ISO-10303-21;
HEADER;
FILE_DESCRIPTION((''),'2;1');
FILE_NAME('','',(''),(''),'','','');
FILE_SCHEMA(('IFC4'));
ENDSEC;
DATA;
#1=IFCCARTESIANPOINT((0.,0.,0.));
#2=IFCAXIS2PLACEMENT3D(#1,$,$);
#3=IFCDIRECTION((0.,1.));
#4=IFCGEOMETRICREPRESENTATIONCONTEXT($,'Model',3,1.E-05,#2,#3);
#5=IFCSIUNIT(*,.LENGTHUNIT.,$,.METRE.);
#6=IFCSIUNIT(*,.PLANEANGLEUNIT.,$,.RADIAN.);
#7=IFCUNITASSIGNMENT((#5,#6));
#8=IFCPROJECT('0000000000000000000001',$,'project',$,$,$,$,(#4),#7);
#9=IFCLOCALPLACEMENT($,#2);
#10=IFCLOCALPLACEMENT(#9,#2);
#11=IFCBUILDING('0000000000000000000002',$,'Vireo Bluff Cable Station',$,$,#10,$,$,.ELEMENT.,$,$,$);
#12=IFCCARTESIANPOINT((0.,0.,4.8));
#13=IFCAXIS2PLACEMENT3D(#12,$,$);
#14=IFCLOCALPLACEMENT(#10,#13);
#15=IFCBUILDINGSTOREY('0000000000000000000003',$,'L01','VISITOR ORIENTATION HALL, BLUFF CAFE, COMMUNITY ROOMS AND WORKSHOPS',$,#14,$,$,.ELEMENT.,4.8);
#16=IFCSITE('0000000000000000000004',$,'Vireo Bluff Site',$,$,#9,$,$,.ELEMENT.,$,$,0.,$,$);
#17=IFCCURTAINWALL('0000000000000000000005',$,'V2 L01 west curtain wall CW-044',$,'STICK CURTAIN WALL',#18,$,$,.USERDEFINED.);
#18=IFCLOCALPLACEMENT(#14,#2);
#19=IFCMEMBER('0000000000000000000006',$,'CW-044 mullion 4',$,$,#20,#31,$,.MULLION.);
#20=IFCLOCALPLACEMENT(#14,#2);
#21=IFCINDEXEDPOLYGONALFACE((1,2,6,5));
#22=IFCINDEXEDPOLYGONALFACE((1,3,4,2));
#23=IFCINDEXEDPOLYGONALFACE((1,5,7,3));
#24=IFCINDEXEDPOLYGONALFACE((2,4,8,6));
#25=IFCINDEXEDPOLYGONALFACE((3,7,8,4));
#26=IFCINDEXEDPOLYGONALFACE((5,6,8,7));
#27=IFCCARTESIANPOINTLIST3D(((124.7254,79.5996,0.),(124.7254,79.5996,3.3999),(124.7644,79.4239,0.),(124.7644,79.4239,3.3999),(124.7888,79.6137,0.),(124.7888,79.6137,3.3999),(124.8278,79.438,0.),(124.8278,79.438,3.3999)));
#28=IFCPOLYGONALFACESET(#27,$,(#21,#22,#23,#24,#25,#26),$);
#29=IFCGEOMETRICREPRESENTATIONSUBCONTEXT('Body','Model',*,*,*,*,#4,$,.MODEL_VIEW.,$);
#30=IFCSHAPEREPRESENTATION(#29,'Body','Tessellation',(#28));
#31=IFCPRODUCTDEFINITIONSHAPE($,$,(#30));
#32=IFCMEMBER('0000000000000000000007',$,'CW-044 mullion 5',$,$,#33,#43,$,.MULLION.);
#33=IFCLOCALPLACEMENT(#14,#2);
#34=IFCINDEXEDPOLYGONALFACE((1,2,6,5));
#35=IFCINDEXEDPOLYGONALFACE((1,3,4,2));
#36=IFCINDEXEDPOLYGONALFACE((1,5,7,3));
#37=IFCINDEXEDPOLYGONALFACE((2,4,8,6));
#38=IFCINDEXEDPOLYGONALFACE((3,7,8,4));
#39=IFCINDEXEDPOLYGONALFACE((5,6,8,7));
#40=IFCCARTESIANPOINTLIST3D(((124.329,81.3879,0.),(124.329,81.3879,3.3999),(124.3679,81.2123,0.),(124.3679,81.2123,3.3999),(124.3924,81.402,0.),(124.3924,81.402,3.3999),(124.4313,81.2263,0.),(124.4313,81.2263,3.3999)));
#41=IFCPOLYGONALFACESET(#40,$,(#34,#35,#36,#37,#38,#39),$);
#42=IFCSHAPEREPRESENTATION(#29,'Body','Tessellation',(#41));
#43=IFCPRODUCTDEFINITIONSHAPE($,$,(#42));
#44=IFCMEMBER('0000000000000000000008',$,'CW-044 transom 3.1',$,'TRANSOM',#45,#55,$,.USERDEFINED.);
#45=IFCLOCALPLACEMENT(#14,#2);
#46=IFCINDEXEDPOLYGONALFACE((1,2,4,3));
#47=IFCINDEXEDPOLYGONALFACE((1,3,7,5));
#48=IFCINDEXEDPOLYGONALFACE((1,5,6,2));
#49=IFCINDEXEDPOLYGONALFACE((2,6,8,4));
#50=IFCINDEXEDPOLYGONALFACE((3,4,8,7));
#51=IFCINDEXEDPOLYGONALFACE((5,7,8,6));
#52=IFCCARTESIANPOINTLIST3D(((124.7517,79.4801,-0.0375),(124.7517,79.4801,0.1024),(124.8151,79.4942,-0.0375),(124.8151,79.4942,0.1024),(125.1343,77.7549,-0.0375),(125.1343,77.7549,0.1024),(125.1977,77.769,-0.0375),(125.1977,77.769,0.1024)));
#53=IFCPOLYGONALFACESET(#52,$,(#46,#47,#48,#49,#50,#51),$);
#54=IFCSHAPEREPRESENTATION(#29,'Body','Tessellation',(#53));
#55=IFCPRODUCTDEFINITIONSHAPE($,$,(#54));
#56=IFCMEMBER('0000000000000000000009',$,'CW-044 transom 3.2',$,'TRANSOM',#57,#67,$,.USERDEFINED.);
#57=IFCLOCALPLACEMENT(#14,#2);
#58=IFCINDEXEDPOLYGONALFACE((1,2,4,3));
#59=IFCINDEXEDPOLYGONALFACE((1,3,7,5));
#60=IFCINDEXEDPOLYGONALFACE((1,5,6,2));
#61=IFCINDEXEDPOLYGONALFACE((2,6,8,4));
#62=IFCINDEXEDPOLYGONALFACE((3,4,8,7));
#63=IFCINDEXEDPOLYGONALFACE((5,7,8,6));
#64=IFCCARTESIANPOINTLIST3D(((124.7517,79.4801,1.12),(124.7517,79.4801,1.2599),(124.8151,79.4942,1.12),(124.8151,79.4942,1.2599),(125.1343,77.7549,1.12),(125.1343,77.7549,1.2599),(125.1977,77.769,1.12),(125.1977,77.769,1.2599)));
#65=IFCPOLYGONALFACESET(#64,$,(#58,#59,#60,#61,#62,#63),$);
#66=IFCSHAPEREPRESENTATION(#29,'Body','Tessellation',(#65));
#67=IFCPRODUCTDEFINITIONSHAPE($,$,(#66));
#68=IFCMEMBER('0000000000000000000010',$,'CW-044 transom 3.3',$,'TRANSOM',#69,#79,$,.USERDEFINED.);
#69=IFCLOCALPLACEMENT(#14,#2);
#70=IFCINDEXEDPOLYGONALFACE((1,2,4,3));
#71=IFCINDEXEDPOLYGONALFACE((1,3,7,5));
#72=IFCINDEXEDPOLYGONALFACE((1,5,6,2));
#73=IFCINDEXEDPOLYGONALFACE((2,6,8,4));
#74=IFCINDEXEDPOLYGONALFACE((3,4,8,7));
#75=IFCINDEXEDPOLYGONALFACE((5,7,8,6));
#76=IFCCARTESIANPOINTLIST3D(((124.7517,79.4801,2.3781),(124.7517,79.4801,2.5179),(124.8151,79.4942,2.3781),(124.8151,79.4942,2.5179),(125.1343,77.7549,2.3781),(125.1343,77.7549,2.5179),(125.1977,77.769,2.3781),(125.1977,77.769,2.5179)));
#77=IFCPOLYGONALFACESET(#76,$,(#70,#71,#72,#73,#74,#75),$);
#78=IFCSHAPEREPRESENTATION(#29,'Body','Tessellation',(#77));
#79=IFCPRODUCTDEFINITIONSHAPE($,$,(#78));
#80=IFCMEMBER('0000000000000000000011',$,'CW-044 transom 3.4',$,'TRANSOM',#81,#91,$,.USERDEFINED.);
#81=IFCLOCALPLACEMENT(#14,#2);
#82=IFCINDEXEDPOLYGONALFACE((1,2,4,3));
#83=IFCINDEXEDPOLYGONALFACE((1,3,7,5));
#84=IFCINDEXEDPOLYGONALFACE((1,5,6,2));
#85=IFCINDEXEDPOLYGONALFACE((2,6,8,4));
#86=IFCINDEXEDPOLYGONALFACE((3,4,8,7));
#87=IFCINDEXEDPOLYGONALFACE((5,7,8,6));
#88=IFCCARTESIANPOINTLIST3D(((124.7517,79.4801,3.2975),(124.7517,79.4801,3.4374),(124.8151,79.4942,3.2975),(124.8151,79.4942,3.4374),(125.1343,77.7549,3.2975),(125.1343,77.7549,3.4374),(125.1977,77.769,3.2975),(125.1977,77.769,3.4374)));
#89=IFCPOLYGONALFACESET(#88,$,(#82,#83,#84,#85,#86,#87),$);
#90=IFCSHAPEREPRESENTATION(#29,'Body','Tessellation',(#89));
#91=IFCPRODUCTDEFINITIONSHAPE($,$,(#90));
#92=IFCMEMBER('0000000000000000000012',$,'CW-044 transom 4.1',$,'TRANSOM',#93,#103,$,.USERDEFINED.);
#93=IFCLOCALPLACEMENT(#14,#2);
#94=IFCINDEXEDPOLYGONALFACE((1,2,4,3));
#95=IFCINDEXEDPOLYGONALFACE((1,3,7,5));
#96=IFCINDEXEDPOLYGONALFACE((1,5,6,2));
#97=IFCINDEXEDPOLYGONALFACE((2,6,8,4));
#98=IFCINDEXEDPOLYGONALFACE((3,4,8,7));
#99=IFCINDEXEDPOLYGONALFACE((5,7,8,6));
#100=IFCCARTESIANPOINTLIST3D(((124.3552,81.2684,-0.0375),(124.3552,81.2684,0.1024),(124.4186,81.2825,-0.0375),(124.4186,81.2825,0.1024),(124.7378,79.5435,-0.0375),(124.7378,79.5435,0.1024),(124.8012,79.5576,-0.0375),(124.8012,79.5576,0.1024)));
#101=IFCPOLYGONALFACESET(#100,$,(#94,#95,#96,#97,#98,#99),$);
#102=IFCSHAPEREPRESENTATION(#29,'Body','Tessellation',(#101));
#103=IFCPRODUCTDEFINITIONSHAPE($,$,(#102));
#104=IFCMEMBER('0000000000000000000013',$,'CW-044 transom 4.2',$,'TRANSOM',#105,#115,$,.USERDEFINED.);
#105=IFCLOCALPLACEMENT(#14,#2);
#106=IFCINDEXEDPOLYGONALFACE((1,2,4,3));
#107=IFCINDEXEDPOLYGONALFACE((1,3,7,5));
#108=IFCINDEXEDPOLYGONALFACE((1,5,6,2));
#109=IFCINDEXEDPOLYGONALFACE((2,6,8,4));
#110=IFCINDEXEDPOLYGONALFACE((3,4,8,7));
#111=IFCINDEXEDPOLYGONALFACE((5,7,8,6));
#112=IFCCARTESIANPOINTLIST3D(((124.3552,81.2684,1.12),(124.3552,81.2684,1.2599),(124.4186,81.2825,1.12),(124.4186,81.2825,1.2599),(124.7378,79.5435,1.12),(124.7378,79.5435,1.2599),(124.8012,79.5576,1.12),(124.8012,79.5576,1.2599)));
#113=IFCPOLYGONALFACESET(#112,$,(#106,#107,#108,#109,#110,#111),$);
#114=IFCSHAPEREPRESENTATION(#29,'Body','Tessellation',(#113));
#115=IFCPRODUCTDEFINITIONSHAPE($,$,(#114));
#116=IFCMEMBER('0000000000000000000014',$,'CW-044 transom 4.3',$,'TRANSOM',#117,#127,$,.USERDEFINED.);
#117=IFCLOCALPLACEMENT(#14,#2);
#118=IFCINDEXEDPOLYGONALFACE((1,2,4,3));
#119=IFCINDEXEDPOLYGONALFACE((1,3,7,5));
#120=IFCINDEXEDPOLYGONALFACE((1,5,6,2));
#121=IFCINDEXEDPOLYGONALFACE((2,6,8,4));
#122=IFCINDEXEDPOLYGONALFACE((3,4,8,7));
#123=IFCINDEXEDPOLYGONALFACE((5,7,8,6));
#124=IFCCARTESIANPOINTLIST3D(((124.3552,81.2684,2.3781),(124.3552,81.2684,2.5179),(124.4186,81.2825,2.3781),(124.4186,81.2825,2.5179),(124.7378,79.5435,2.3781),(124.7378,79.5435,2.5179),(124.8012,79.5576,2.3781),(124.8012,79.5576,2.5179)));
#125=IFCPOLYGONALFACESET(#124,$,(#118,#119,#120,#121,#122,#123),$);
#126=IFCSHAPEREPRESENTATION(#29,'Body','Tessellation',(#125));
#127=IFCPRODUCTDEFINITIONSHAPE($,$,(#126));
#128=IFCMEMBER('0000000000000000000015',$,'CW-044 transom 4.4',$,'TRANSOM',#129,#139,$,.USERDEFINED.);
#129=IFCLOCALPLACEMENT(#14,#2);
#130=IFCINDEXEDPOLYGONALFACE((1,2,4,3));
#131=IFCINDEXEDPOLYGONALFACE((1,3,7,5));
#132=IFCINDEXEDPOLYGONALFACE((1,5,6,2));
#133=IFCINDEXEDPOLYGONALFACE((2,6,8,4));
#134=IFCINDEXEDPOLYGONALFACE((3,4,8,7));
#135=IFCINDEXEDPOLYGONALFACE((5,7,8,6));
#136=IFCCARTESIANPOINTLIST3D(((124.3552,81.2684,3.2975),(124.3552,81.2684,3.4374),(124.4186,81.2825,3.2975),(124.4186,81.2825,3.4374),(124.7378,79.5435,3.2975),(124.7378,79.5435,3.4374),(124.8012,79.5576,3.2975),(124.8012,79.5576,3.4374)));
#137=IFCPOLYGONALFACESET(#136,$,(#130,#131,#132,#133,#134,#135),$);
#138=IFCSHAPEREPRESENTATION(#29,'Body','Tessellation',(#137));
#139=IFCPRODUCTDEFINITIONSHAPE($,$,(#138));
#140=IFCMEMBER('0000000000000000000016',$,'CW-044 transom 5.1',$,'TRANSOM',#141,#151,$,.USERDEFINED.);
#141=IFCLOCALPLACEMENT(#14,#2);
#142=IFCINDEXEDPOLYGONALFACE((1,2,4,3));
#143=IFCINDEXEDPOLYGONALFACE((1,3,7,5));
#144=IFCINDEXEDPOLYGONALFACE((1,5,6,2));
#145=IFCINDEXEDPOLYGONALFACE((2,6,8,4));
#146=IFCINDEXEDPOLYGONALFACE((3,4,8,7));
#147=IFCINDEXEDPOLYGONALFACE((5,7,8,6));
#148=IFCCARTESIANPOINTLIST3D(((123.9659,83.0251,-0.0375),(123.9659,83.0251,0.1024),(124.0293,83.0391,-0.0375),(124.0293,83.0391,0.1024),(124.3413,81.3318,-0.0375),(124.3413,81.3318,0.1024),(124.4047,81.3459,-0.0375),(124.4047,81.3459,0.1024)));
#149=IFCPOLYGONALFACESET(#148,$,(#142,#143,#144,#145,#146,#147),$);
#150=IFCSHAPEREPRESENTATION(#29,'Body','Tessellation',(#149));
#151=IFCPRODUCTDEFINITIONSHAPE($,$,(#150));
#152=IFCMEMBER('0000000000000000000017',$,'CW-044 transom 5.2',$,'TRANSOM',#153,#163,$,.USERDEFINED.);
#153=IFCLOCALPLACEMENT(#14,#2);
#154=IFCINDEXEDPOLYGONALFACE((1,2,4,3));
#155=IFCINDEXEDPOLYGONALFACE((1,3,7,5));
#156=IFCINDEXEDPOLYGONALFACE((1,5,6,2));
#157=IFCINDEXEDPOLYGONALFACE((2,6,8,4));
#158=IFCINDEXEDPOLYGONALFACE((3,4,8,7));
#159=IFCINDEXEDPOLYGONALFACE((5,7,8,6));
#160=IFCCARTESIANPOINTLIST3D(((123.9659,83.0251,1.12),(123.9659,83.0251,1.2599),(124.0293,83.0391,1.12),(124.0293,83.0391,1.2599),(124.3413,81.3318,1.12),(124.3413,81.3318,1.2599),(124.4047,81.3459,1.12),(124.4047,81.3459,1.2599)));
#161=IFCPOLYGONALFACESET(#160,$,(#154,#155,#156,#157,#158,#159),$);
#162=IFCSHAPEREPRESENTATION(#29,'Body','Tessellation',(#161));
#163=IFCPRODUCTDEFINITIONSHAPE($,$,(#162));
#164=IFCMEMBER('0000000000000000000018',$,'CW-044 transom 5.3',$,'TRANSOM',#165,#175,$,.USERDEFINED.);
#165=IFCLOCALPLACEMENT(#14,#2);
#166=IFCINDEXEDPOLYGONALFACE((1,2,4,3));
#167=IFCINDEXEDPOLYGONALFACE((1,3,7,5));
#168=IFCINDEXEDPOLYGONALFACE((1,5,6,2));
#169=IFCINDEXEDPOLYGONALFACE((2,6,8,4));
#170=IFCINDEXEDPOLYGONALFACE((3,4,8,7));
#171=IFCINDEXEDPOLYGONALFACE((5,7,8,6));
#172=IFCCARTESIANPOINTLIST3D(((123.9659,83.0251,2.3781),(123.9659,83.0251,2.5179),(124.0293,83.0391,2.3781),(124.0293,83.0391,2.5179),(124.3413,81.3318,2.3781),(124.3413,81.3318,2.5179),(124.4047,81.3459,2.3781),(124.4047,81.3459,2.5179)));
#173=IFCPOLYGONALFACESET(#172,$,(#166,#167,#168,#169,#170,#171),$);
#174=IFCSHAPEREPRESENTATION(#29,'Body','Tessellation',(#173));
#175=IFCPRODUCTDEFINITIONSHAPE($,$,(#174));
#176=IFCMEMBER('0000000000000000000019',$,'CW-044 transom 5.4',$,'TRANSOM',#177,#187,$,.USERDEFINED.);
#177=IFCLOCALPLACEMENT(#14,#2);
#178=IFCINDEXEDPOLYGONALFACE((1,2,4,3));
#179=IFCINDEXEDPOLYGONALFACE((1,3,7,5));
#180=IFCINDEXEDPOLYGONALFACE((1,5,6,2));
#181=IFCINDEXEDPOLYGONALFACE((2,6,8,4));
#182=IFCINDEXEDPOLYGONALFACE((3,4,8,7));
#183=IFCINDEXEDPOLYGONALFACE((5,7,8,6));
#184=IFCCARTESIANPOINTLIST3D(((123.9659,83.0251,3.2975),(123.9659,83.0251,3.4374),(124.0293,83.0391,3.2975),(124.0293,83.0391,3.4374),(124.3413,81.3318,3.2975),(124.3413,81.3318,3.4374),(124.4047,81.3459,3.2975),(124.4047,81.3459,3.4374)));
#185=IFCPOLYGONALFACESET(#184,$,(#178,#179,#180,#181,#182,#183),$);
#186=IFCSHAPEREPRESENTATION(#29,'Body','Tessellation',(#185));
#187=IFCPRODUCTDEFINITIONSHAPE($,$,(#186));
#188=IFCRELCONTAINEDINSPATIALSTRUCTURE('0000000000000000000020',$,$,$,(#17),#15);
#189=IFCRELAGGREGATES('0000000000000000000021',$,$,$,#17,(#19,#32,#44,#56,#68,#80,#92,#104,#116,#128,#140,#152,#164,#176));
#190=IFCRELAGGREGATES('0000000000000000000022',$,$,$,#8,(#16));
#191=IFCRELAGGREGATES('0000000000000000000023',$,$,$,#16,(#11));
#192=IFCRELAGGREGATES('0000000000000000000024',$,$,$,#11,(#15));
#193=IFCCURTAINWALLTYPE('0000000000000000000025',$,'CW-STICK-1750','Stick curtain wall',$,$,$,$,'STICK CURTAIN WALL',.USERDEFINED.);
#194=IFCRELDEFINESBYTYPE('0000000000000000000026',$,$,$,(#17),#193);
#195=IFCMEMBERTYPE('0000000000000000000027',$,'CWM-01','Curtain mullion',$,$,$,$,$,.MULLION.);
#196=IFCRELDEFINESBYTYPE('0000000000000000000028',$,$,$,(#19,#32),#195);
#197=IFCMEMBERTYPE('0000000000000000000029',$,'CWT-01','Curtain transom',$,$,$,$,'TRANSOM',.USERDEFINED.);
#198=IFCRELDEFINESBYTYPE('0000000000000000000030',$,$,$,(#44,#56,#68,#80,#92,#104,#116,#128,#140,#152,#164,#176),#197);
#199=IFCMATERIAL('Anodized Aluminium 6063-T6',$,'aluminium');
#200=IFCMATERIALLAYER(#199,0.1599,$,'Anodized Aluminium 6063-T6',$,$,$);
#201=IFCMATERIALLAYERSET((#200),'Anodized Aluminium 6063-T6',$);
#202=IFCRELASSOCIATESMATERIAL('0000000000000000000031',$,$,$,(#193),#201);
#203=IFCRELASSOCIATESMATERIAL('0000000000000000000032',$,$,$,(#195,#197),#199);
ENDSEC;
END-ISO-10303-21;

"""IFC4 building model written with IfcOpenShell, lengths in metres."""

from ifc_helpers import new_model, si_unit, direction, frame, origin, origin_2d, place, context, subcontext, project, spatial, rectangle, extrude, material, layer, layer_set, material_profile, profile_set, type_object, element, aggregate, save


model = new_model("IFC4")

# Units and contexts
model_context = context("Model", 3, precision=1e-05, world=origin(), true_north=direction((0.0, 1.0)))
body_context = subcontext(model_context, "Body", "Model", "MODEL_VIEW")
ifc_project = project(units=[si_unit("LENGTHUNIT", "METRE"), si_unit("PLANEANGLEUNIT", "RADIAN")], contexts=[model_context])

# Site, building, storey
site_placement = place(None, origin())
site = spatial("IfcSite", under=ifc_project, at=site_placement, Name="Vireo Bluff Site", CompositionType="ELEMENT", RefElevation=0.0)
building_placement = place(site_placement, origin())
building = spatial("IfcBuilding", under=site, at=building_placement, Name="Vireo Bluff Cable Station", CompositionType="ELEMENT")
storey_placement = place(building_placement, frame((0.0, 0.0, 4.8)))
storey = spatial("IfcBuildingStorey", under=building, at=storey_placement, Name="L01", Description="VISITOR ORIENTATION HALL, BLUFF CAFE, COMMUNITY ROOMS AND WORKSHOPS", CompositionType="ELEMENT", Elevation=4.8)

# Curtain wall, members
ifc_material_1 = material(Name="Anodized Aluminium 6063-T6", Category="aluminium")
ifc_layer_1 = layer(ifc_material_1, 0.1599, Name="Anodized Aluminium 6063-T6")
ifc_layer_set_1 = layer_set([ifc_layer_1], Name="Anodized Aluminium 6063-T6")
curtain_wall_type = type_object("IfcCurtainWallType", Name="CW-STICK-1750", Description="Stick curtain wall", ElementType="STICK CURTAIN WALL", PredefinedType="USERDEFINED", material=ifc_layer_set_1)
curtain_wall_placement = place(storey_placement, origin())
curtain_wall = element("IfcCurtainWall", 1, at=curtain_wall_placement, inside=storey, type_object=curtain_wall_type, Name="V2 L01 west curtain wall CW-044", ObjectType="STICK CURTAIN WALL", PredefinedType="USERDEFINED")
ifc_material_profile_1 = material_profile(ifc_material_1, rectangle(XDim=0.0649, YDim=0.1799, at=origin_2d()), Name="ALU-M-65X180")
ifc_profile_set_1 = profile_set([ifc_material_profile_1], Name="Anodized Aluminium 6063-T6")
member_type_1 = type_object("IfcMemberType", Name="CWM-01", Description="Curtain mullion", PredefinedType="MULLION", material=ifc_profile_set_1)
member_1_placement = place(storey_placement, frame((124.7766, 79.5188, 0.0), z_axis=(0.0, 0.0, 1.0), x_axis=(-0.976296, -0.21644, 0.0)))
member_1 = element("IfcMember", 2, at=member_1_placement, type_object=member_type_1, Name="CW-044 mullion 4", PredefinedType="MULLION", context=body_context, shape_type="SweptSolid", body=[
    extrude(rectangle(XDim=0.0649, YDim=0.1799, at=origin_2d()), origin(), (0.0, 0.0, 1.0), 3.3999),
])
member_2_placement = place(storey_placement, frame((124.3801, 81.3071, 0.0), z_axis=(0.0, 0.0, 1.0), x_axis=(-0.976296, -0.21644, 0.0)))
member_2 = element("IfcMember", 3, at=member_2_placement, type_object=member_type_1, Name="CW-044 mullion 5", PredefinedType="MULLION", context=body_context, shape_type="SweptSolid", body=[
    extrude(rectangle(XDim=0.0649, YDim=0.1799, at=origin_2d()), origin(), (0.0, 0.0, 1.0), 3.3999),
])
ifc_material_profile_2 = material_profile(ifc_material_1, rectangle(XDim=0.0649, YDim=0.1399, at=origin_2d()), Name="ALU-T-65X140")
ifc_profile_set_2 = profile_set([ifc_material_profile_2], Name="Anodized Aluminium 6063-T6")
member_type_2 = type_object("IfcMemberType", Name="CWT-01", Description="Curtain transom", ElementType="TRANSOM", PredefinedType="USERDEFINED", material=ifc_profile_set_2)
member_3_placement = place(storey_placement, frame((125.166, 77.762, 0.0325), z_axis=(-0.216506, 0.976281, 0.0), x_axis=(-0.976281, -0.216506, 0.0)))
member_3 = element("IfcMember", 4, at=member_3_placement, type_object=member_type_2, Name="CW-044 transom 3.1", ObjectType="TRANSOM", PredefinedType="USERDEFINED", context=body_context, shape_type="SweptSolid", body=[
    extrude(rectangle(XDim=0.0649, YDim=0.1399, at=origin_2d()), origin(), (0.0, 0.0, 1.0), 1.7671),
])
member_4_placement = place(storey_placement, frame((125.166, 77.762, 1.1899), z_axis=(-0.216506, 0.976281, 0.0), x_axis=(-0.976281, -0.216506, 0.0)))
member_4 = element("IfcMember", 5, at=member_4_placement, type_object=member_type_2, Name="CW-044 transom 3.2", ObjectType="TRANSOM", PredefinedType="USERDEFINED", context=body_context, shape_type="SweptSolid", body=[
    extrude(rectangle(XDim=0.0649, YDim=0.1399, at=origin_2d()), origin(), (0.0, 0.0, 1.0), 1.7671),
])
member_5_placement = place(storey_placement, frame((125.166, 77.762, 2.448), z_axis=(-0.216506, 0.976281, 0.0), x_axis=(-0.976281, -0.216506, 0.0)))
member_5 = element("IfcMember", 6, at=member_5_placement, type_object=member_type_2, Name="CW-044 transom 3.3", ObjectType="TRANSOM", PredefinedType="USERDEFINED", context=body_context, shape_type="SweptSolid", body=[
    extrude(rectangle(XDim=0.0649, YDim=0.1399, at=origin_2d()), origin(), (0.0, 0.0, 1.0), 1.7671),
])
member_6_placement = place(storey_placement, frame((125.166, 77.762, 3.3674), z_axis=(-0.216506, 0.976281, 0.0), x_axis=(-0.976281, -0.216506, 0.0)))
member_6 = element("IfcMember", 7, at=member_6_placement, type_object=member_type_2, Name="CW-044 transom 3.4", ObjectType="TRANSOM", PredefinedType="USERDEFINED", context=body_context, shape_type="SweptSolid", body=[
    extrude(rectangle(XDim=0.0649, YDim=0.1399, at=origin_2d()), origin(), (0.0, 0.0, 1.0), 1.7671),
])
member_7_placement = place(storey_placement, frame((124.7695, 79.5505, 0.0325), z_axis=(-0.216535, 0.976275, 0.0), x_axis=(-0.976275, -0.216535, 0.0)))
member_7 = element("IfcMember", 8, at=member_7_placement, type_object=member_type_2, Name="CW-044 transom 4.1", ObjectType="TRANSOM", PredefinedType="USERDEFINED", context=body_context, shape_type="SweptSolid", body=[
    extrude(rectangle(XDim=0.0649, YDim=0.1399, at=origin_2d()), origin(), (0.0, 0.0, 1.0), 1.7668),
])
member_8_placement = place(storey_placement, frame((124.7695, 79.5505, 1.1899), z_axis=(-0.216535, 0.976275, 0.0), x_axis=(-0.976275, -0.216535, 0.0)))
member_8 = element("IfcMember", 9, at=member_8_placement, type_object=member_type_2, Name="CW-044 transom 4.2", ObjectType="TRANSOM", PredefinedType="USERDEFINED", context=body_context, shape_type="SweptSolid", body=[
    extrude(rectangle(XDim=0.0649, YDim=0.1399, at=origin_2d()), origin(), (0.0, 0.0, 1.0), 1.7668),
])
member_9_placement = place(storey_placement, frame((124.7695, 79.5505, 2.448), z_axis=(-0.216535, 0.976275, 0.0), x_axis=(-0.976275, -0.216535, 0.0)))
member_9 = element("IfcMember", 10, at=member_9_placement, type_object=member_type_2, Name="CW-044 transom 4.3", ObjectType="TRANSOM", PredefinedType="USERDEFINED", context=body_context, shape_type="SweptSolid", body=[
    extrude(rectangle(XDim=0.0649, YDim=0.1399, at=origin_2d()), origin(), (0.0, 0.0, 1.0), 1.7668),
])
member_10_placement = place(storey_placement, frame((124.7695, 79.5505, 3.3674), z_axis=(-0.216535, 0.976275, 0.0), x_axis=(-0.976275, -0.216535, 0.0)))
member_10 = element("IfcMember", 11, at=member_10_placement, type_object=member_type_2, Name="CW-044 transom 4.4", ObjectType="TRANSOM", PredefinedType="USERDEFINED", context=body_context, shape_type="SweptSolid", body=[
    extrude(rectangle(XDim=0.0649, YDim=0.1399, at=origin_2d()), origin(), (0.0, 0.0, 1.0), 1.7668),
])
member_11_placement = place(storey_placement, frame((124.373, 81.3389, 0.0325), z_axis=(-0.216483, 0.976286, 0.0), x_axis=(-0.976286, -0.216483, 0.0)))
member_11 = element("IfcMember", 12, at=member_11_placement, type_object=member_type_2, Name="CW-044 transom 5.1", ObjectType="TRANSOM", PredefinedType="USERDEFINED", context=body_context, shape_type="SweptSolid", body=[
    extrude(rectangle(XDim=0.0649, YDim=0.1399, at=origin_2d()), origin(), (0.0, 0.0, 1.0), 1.7344),
])
member_12_placement = place(storey_placement, frame((124.373, 81.3389, 1.1899), z_axis=(-0.216483, 0.976286, 0.0), x_axis=(-0.976286, -0.216483, 0.0)))
member_12 = element("IfcMember", 13, at=member_12_placement, type_object=member_type_2, Name="CW-044 transom 5.2", ObjectType="TRANSOM", PredefinedType="USERDEFINED", context=body_context, shape_type="SweptSolid", body=[
    extrude(rectangle(XDim=0.0649, YDim=0.1399, at=origin_2d()), origin(), (0.0, 0.0, 1.0), 1.7344),
])
member_13_placement = place(storey_placement, frame((124.373, 81.3389, 2.448), z_axis=(-0.216483, 0.976286, 0.0), x_axis=(-0.976286, -0.216483, 0.0)))
member_13 = element("IfcMember", 14, at=member_13_placement, type_object=member_type_2, Name="CW-044 transom 5.3", ObjectType="TRANSOM", PredefinedType="USERDEFINED", context=body_context, shape_type="SweptSolid", body=[
    extrude(rectangle(XDim=0.0649, YDim=0.1399, at=origin_2d()), origin(), (0.0, 0.0, 1.0), 1.7344),
])
member_14_placement = place(storey_placement, frame((124.373, 81.3389, 3.3674), z_axis=(-0.216483, 0.976286, 0.0), x_axis=(-0.976286, -0.216483, 0.0)))
member_14 = element("IfcMember", 15, at=member_14_placement, type_object=member_type_2, Name="CW-044 transom 5.4", ObjectType="TRANSOM", PredefinedType="USERDEFINED", context=body_context, shape_type="SweptSolid", body=[
    extrude(rectangle(XDim=0.0649, YDim=0.1399, at=origin_2d()), origin(), (0.0, 0.0, 1.0), 1.7344),
])

aggregate(curtain_wall, [member_1, member_2, member_3, member_4, member_5, member_6, member_7, member_8, member_9, member_10, member_11, member_12, member_13, member_14])

save(model, "model.ifc")
